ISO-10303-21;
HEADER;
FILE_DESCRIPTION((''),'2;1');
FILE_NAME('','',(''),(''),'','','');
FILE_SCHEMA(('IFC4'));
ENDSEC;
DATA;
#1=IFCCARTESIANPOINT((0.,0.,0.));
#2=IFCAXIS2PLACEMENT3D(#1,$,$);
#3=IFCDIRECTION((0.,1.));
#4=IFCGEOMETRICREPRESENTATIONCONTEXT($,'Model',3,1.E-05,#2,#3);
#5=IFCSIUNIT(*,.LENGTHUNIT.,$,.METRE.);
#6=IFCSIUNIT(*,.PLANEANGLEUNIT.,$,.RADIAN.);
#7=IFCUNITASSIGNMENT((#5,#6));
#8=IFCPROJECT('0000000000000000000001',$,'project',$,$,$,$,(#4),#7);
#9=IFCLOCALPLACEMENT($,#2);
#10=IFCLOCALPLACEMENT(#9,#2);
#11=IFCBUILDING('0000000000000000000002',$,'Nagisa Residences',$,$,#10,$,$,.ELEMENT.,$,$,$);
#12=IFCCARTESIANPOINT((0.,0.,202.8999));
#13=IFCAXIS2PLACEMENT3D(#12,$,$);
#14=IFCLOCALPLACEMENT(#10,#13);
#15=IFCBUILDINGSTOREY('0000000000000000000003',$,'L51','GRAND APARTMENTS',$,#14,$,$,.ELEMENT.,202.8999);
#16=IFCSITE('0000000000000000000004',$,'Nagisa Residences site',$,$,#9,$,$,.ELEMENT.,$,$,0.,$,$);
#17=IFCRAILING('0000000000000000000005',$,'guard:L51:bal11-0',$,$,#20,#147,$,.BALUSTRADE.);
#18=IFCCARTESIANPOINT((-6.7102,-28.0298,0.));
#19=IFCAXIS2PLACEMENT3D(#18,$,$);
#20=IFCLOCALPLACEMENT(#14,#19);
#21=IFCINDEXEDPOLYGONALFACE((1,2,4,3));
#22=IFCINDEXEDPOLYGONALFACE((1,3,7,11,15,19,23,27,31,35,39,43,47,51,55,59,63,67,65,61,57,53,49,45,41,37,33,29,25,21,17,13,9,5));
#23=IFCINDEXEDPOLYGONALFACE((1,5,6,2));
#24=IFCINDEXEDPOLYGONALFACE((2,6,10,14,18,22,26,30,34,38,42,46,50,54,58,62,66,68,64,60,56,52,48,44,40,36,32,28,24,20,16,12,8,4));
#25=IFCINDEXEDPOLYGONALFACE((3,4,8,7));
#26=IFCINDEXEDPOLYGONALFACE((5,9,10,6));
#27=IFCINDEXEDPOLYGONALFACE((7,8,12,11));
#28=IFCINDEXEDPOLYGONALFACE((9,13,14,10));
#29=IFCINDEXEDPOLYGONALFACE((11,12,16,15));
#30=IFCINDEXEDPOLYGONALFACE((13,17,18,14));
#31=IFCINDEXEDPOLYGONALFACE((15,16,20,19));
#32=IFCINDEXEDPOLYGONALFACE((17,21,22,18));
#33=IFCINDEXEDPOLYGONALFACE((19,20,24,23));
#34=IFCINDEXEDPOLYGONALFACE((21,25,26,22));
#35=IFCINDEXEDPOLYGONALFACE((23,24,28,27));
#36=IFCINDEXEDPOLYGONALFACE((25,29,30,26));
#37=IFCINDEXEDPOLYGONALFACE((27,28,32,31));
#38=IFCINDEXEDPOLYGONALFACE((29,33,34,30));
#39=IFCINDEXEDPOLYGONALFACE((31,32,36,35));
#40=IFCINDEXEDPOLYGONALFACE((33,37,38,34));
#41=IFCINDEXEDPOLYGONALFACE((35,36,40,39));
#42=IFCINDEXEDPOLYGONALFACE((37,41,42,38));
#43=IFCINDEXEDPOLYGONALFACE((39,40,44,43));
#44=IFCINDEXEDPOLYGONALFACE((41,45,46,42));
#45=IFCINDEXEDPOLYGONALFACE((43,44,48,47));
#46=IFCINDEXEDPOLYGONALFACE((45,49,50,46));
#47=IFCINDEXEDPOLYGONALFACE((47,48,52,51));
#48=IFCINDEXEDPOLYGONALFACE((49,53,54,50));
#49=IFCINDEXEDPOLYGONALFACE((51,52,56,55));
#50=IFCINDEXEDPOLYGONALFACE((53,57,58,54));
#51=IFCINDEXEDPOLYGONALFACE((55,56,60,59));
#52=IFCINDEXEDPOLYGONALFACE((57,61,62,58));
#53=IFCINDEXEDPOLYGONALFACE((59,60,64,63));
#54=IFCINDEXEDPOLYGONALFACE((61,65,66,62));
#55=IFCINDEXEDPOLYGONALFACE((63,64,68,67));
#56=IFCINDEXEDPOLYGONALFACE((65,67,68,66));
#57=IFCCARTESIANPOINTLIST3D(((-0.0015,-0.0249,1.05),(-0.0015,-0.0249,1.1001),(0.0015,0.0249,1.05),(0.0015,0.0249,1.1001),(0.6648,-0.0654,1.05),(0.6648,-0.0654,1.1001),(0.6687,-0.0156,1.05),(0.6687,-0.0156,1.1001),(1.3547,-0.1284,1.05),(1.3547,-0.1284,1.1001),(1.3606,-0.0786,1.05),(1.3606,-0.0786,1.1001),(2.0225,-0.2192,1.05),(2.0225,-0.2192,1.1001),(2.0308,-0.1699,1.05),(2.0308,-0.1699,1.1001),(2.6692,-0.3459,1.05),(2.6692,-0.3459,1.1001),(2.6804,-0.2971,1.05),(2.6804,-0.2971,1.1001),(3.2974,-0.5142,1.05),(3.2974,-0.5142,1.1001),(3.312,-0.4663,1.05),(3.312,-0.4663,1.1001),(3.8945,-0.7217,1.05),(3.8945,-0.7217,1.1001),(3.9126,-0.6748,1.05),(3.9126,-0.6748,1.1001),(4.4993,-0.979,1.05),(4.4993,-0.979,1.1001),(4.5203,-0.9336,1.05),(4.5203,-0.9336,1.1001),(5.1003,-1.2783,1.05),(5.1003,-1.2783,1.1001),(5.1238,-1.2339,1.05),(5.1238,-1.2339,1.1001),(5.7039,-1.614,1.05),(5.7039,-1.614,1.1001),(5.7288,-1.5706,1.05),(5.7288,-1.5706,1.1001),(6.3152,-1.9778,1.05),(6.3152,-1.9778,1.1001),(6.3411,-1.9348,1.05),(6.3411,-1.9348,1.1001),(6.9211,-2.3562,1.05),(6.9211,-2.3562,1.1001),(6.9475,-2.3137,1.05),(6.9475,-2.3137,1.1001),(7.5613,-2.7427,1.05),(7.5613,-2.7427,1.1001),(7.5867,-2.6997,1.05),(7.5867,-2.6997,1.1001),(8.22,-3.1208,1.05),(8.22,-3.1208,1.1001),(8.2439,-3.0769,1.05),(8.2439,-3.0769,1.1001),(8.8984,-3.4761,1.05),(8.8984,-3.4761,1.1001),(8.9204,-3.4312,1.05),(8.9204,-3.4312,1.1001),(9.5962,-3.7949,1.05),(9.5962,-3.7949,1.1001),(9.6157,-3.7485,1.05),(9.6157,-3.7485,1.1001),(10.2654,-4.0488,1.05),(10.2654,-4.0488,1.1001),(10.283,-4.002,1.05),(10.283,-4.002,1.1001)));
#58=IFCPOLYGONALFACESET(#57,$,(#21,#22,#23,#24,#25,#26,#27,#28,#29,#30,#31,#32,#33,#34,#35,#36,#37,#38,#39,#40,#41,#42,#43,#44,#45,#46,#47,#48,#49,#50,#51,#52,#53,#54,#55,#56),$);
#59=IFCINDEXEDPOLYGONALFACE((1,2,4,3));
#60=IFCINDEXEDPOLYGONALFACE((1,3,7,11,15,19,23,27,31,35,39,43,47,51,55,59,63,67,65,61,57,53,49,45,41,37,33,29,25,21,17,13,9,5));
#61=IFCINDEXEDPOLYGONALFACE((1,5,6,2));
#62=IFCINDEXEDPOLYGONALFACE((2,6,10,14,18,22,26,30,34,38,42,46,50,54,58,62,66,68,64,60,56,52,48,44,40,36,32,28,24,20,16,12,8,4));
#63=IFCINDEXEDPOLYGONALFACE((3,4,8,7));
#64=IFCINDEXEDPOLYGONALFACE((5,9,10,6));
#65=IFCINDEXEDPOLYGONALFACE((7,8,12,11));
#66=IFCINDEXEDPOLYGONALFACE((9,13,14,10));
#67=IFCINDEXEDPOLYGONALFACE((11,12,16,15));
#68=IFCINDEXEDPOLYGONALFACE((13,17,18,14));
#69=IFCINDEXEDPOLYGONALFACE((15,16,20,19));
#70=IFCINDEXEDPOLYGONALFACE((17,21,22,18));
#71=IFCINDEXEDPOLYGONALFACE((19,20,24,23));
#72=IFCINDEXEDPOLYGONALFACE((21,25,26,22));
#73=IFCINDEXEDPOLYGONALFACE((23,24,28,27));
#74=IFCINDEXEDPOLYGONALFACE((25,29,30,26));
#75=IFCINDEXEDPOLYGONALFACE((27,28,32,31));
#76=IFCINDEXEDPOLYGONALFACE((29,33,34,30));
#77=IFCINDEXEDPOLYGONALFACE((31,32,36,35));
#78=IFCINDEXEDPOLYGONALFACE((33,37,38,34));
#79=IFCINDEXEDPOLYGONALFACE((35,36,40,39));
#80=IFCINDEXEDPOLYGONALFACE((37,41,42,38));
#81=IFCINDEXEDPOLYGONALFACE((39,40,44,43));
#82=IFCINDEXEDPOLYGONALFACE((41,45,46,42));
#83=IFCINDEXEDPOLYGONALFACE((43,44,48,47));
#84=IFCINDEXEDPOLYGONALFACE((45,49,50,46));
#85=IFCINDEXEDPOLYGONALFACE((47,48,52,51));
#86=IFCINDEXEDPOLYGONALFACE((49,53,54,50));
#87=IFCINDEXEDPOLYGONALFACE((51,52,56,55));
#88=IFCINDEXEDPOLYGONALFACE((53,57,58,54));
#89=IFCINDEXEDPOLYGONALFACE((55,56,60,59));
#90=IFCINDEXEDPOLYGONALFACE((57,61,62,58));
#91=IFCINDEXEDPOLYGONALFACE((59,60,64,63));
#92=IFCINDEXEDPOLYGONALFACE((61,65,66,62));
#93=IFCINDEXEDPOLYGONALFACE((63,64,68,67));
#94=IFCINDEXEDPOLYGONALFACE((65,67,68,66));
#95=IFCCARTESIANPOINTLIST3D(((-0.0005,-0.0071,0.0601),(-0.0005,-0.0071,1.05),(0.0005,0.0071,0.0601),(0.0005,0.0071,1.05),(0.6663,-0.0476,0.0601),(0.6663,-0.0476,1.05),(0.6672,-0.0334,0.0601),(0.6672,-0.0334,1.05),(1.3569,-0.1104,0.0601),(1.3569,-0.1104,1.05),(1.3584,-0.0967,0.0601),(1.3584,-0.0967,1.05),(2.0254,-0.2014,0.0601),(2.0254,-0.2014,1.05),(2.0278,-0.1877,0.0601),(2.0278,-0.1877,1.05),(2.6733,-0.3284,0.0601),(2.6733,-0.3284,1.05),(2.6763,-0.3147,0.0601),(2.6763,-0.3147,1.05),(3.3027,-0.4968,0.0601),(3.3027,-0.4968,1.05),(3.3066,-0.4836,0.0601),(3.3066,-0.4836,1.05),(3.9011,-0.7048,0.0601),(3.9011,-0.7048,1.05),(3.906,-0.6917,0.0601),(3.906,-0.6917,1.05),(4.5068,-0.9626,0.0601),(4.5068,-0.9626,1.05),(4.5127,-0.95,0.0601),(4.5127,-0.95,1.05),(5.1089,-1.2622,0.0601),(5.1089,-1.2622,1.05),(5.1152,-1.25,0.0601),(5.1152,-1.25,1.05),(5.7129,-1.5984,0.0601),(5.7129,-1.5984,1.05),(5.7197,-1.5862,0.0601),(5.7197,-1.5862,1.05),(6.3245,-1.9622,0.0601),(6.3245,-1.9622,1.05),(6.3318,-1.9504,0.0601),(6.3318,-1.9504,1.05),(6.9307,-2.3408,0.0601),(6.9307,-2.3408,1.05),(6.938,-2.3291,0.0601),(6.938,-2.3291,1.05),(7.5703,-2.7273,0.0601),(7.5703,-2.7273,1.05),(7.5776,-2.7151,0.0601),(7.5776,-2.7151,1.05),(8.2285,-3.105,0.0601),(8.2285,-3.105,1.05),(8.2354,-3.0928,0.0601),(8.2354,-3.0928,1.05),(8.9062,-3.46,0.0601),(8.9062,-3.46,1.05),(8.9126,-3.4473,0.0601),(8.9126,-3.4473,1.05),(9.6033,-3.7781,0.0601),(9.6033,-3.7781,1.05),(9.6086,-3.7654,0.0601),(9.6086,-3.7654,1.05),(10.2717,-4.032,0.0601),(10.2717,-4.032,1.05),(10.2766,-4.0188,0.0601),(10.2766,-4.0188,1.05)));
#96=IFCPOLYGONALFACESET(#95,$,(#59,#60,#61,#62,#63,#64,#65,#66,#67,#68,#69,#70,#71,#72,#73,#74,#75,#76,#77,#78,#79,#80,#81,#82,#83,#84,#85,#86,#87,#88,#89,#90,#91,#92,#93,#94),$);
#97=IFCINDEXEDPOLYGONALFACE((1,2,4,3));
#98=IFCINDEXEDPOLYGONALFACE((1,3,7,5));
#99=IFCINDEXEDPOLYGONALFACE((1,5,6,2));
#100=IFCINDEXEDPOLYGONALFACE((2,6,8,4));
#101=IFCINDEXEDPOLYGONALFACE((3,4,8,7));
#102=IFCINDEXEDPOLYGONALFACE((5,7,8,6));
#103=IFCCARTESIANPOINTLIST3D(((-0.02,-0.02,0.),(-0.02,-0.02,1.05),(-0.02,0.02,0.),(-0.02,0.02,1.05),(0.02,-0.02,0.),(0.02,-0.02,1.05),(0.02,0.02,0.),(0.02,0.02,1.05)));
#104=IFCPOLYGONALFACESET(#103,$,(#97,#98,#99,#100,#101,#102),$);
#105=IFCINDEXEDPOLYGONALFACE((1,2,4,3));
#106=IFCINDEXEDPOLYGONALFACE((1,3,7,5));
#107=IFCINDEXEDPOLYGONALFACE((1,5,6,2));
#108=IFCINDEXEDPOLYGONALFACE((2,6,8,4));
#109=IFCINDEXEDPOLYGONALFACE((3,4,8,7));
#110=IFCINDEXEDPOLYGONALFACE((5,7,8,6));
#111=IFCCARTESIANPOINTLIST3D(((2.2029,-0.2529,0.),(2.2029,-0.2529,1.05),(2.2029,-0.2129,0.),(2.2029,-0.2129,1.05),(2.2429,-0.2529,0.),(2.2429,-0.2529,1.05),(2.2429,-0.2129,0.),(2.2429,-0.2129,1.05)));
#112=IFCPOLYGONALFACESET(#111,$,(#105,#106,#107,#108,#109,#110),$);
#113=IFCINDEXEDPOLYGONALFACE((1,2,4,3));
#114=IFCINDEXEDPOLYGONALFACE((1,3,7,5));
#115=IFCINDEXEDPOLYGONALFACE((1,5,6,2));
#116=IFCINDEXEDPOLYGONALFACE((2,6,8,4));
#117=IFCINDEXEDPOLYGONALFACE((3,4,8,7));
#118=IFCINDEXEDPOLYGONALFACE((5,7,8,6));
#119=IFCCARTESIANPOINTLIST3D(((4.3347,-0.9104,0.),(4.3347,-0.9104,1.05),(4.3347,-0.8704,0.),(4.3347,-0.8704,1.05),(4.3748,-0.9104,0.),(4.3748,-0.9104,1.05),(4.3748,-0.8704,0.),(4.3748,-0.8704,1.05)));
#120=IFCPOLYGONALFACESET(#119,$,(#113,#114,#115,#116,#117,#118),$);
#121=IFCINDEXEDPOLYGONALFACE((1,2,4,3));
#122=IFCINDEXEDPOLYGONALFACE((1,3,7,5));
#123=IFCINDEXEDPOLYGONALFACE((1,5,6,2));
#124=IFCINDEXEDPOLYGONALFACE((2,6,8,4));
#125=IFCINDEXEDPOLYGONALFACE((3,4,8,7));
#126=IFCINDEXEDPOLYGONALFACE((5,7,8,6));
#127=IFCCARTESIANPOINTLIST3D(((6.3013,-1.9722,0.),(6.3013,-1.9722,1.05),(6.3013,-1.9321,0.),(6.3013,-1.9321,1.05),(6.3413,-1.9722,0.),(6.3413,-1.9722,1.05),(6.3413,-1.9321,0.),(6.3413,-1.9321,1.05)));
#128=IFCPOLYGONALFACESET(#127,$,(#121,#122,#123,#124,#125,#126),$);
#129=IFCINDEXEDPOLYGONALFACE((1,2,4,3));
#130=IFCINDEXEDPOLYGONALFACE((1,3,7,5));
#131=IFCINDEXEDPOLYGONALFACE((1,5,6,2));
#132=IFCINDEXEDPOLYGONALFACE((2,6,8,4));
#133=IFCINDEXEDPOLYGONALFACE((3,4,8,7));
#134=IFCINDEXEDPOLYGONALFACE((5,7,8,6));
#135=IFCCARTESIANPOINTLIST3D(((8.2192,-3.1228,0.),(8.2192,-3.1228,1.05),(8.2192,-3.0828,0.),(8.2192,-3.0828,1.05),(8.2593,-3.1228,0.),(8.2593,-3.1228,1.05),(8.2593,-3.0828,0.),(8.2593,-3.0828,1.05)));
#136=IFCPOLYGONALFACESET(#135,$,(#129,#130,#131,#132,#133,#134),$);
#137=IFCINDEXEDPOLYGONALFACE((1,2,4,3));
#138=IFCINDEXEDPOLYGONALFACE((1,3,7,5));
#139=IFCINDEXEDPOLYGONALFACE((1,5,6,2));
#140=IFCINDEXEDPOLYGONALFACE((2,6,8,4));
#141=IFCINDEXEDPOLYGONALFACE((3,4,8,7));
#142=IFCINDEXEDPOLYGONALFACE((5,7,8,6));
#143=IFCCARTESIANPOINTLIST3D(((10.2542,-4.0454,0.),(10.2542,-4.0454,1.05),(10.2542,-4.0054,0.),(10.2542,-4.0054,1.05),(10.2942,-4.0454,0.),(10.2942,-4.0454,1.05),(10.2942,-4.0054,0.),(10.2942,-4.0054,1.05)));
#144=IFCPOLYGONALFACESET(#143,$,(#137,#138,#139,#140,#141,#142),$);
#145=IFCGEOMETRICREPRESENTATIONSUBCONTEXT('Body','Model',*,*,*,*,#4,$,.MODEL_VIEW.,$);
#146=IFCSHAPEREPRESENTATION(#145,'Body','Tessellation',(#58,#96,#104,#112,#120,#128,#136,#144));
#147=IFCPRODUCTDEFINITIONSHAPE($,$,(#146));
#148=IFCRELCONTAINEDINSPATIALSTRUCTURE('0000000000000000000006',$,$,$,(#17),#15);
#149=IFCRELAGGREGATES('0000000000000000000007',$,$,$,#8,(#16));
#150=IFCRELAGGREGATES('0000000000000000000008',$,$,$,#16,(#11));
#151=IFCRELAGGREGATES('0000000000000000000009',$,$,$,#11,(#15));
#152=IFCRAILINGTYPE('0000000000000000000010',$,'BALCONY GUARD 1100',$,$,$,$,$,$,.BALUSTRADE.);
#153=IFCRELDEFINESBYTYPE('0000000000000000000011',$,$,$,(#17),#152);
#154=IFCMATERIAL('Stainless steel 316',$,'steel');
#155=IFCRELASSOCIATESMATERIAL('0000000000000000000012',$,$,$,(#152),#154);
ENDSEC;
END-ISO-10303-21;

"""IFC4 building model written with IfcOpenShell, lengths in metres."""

from ifc_helpers import new_model, si_unit, direction, frame, origin, origin_2d, place, context, subcontext, project, spatial, polyline, rectangle, outline, extrude, material, type_object, element, save


model = new_model("IFC4")

# Units and contexts
model_context = context("Model", 3, precision=1e-05, world=origin(), true_north=direction((0.0, 1.0)))
body_context = subcontext(model_context, "Body", "Model", "MODEL_VIEW")
ifc_project = project(units=[si_unit("LENGTHUNIT", "METRE"), si_unit("PLANEANGLEUNIT", "RADIAN")], contexts=[model_context])

# Site, building, storey
site_placement = place(None, origin())
site = spatial("IfcSite", under=ifc_project, at=site_placement, Name="Nagisa Residences site", CompositionType="ELEMENT", RefElevation=0.0)
building_placement = place(site_placement, origin())
building = spatial("IfcBuilding", under=site, at=building_placement, Name="Nagisa Residences", CompositionType="ELEMENT")
storey_placement = place(building_placement, frame((0.0, 0.0, 202.8999)))
storey = spatial("IfcBuildingStorey", under=building, at=storey_placement, Name="L51", Description="GRAND APARTMENTS", CompositionType="ELEMENT", Elevation=202.8999)

# Railing
ifc_material_1 = material(Name="Stainless steel 316", Category="steel")
railing_type = type_object("IfcRailingType", Name="BALCONY GUARD 1100", PredefinedType="BALUSTRADE", material=ifc_material_1)
railing_placement = place(storey_placement, frame((-6.7102, -28.0298, 0.0)))
element("IfcRailing", 1, at=railing_placement, inside=storey, type_object=railing_type, Name="guard:L51:bal11-0", PredefinedType="BALUSTRADE", context=body_context, shape_type="SweptSolid", body=[
    extrude(outline(polyline([(0.6687, -0.0156), (0.0015, 0.0249), (-0.0015, -0.0249), (0.6648, -0.0654), (1.3547, -0.1284), (2.0225, -0.2192), (2.6692, -0.3459), (3.2974, -0.5142), (3.8945, -0.7217), (4.4993, -0.979), (5.1003, -1.2783), (5.7039, -1.614), (6.3152, -1.9778), (6.9211, -2.3562), (7.5613, -2.7427), (8.22, -3.1208), (8.8984, -3.4761), (9.5962, -3.7949), (10.2654, -4.0488), (10.283, -4.002), (9.6157, -3.7485), (8.9204, -3.4312), (8.2439, -3.0769), (7.5867, -2.6997), (6.9475, -2.3137), (6.3411, -1.9348), (5.7288, -1.5706), (5.1238, -1.2339), (4.5203, -0.9336), (3.9126, -0.6748), (3.312, -0.4663), (2.6804, -0.2971), (2.0308, -0.1699), (1.3606, -0.0786), (0.6687, -0.0156)])), frame((0.0, 0.0, 1.05)), (0.0, 0.0, 1.0), 0.05),
    extrude(outline(polyline([(0.6672, -0.0334), (0.0005, 0.0071), (-0.0005, -0.0071), (0.6663, -0.0476), (1.3569, -0.1104), (2.0254, -0.2014), (2.6733, -0.3284), (3.3027, -0.4968), (3.9011, -0.7048), (4.5068, -0.9626), (5.1089, -1.2622), (5.7129, -1.5984), (6.3245, -1.9622), (6.9307, -2.3408), (7.5703, -2.7273), (8.2285, -3.105), (8.9062, -3.46), (9.6033, -3.7781), (10.2717, -4.032), (10.2766, -4.0188), (9.6086, -3.7654), (8.9126, -3.4473), (8.2354, -3.0928), (7.5776, -2.7151), (6.938, -2.3291), (6.3318, -1.9504), (5.7197, -1.5862), (5.1152, -1.25), (4.5127, -0.95), (3.906, -0.6917), (3.3066, -0.4836), (2.6763, -0.3147), (2.0278, -0.1877), (1.3584, -0.0967), (0.6672, -0.0334)])), frame((0.0, 0.0, 0.0601)), (0.0, 0.0, 1.0), 0.99),
    extrude(rectangle(XDim=0.04, YDim=0.04, at=origin_2d()), origin(), (0.0, 0.0, 1.0), 1.05),
    extrude(rectangle(XDim=0.04, YDim=0.04, at=origin_2d()), frame((2.2229, -0.2329, 0.0)), (0.0, 0.0, 1.0), 1.05),
    extrude(rectangle(XDim=0.04, YDim=0.04, at=origin_2d()), frame((4.3547, -0.8904, 0.0)), (0.0, 0.0, 1.0), 1.05),
    extrude(rectangle(XDim=0.04, YDim=0.04, at=origin_2d()), frame((6.3213, -1.9521, 0.0)), (0.0, 0.0, 1.0), 1.05),
    extrude(rectangle(XDim=0.04, YDim=0.04, at=origin_2d()), frame((8.2393, -3.1028, 0.0)), (0.0, 0.0, 1.0), 1.05),
    extrude(rectangle(XDim=0.04, YDim=0.04, at=origin_2d()), frame((10.2742, -4.0254, 0.0)), (0.0, 0.0, 1.0), 1.05),
])

save(model, "model.ifc")
